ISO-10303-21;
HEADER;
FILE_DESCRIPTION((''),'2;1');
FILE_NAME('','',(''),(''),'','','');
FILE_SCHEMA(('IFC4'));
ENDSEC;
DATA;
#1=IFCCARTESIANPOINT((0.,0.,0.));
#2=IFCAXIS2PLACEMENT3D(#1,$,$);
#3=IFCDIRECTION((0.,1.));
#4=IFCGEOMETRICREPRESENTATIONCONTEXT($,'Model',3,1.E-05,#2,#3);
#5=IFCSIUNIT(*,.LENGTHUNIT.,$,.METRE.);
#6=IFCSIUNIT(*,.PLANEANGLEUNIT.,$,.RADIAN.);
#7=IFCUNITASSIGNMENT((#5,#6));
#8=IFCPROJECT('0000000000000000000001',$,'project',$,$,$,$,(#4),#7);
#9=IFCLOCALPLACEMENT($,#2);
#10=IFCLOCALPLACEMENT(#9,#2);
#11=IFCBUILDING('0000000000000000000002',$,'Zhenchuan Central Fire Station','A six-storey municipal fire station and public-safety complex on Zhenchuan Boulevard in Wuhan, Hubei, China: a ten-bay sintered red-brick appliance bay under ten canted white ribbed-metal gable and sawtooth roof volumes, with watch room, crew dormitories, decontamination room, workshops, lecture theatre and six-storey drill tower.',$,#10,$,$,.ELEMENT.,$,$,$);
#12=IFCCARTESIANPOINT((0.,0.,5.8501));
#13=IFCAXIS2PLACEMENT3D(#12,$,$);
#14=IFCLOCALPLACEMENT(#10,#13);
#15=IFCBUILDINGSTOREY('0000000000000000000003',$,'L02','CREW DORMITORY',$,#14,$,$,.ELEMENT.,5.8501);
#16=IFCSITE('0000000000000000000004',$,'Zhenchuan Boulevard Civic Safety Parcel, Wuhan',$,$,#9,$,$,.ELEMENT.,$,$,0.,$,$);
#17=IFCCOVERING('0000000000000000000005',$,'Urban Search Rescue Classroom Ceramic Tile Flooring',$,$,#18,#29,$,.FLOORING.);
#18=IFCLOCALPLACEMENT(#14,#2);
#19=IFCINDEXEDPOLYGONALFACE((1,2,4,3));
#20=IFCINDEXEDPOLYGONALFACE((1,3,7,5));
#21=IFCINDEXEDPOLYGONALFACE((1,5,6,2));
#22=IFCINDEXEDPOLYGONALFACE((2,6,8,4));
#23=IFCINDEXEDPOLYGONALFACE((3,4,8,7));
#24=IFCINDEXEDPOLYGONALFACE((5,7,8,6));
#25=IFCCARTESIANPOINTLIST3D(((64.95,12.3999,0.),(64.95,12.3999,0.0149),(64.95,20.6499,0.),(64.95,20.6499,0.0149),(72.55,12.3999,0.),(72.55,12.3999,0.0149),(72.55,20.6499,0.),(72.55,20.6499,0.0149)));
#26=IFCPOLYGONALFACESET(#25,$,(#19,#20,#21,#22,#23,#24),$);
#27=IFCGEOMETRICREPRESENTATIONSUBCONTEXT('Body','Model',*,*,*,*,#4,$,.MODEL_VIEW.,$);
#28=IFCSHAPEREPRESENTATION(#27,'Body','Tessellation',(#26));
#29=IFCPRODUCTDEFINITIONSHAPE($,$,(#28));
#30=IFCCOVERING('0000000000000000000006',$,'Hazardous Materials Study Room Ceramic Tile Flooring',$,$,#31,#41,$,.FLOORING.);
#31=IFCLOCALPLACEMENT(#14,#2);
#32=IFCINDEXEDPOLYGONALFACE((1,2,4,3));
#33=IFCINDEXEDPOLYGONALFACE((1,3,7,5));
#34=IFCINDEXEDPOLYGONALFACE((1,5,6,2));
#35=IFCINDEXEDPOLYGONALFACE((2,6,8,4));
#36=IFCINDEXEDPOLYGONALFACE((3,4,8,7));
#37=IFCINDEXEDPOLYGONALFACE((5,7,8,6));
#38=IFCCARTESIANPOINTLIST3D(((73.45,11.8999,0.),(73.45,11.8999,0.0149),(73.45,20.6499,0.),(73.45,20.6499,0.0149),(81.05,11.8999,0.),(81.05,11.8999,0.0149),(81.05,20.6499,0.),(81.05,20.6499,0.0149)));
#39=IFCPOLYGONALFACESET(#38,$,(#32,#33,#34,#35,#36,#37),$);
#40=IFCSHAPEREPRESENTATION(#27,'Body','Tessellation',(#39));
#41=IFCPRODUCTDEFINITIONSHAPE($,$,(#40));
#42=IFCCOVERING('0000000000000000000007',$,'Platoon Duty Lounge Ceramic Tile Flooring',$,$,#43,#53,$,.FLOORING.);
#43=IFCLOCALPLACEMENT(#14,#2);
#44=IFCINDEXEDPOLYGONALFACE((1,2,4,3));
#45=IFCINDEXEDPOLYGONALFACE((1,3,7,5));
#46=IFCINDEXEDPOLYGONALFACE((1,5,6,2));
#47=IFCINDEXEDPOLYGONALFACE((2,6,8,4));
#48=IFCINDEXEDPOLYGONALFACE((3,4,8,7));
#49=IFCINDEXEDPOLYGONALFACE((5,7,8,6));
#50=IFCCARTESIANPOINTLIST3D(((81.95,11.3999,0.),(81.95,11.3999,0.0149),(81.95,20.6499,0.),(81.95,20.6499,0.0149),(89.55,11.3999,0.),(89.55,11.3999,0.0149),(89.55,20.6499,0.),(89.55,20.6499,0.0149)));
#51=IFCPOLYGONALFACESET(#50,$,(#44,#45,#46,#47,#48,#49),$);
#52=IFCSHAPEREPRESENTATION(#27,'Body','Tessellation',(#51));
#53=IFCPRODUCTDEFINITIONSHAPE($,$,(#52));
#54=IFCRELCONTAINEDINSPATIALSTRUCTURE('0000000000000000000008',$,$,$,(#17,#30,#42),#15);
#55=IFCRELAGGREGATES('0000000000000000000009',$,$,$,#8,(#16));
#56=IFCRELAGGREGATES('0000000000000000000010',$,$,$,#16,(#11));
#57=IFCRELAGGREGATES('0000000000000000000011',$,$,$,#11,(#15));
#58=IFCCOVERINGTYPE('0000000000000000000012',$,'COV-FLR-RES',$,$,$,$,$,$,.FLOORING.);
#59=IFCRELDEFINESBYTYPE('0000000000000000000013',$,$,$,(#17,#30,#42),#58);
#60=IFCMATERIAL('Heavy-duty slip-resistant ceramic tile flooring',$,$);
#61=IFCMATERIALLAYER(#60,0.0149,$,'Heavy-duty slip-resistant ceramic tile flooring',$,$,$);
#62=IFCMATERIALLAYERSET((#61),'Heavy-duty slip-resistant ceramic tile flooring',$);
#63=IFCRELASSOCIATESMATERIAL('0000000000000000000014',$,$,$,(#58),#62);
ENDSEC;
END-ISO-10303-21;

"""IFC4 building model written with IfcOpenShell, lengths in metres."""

from ifc_helpers import new_model, si_unit, direction, frame, origin, place, context, subcontext, project, spatial, polyline, outline, extrude, material, layer, layer_set, type_object, element, save


model = new_model("IFC4")

# Units and contexts
model_context = context("Model", 3, precision=1e-05, world=origin(), true_north=direction((0.0, 1.0)))
body_context = subcontext(model_context, "Body", "Model", "MODEL_VIEW")
ifc_project = project(units=[si_unit("LENGTHUNIT", "METRE"), si_unit("PLANEANGLEUNIT", "RADIAN")], contexts=[model_context])

# Site, building, storey
site_placement = place(None, origin())
site = spatial("IfcSite", under=ifc_project, at=site_placement, Name="Zhenchuan Boulevard Civic Safety Parcel, Wuhan", CompositionType="ELEMENT", RefElevation=0.0)
building_placement = place(site_placement, origin())
building = spatial("IfcBuilding", under=site, at=building_placement, Name="Zhenchuan Central Fire Station", Description="A six-storey municipal fire station and public-safety complex on Zhenchuan Boulevard in Wuhan, Hubei, China: a ten-bay sintered red-brick appliance bay under ten canted white ribbed-metal gable and sawtooth roof volumes, with watch room, crew dormitories, decontamination room, workshops, lecture theatre and six-storey drill tower.", CompositionType="ELEMENT")
storey_placement = place(building_placement, frame((0.0, 0.0, 5.8501)))
storey = spatial("IfcBuildingStorey", under=building, at=storey_placement, Name="L02", Description="CREW DORMITORY", CompositionType="ELEMENT", Elevation=5.8501)

# Coverings
ifc_material_1 = material(Name="Heavy-duty slip-resistant ceramic tile flooring")
ifc_layer_1 = layer(ifc_material_1, 0.0149, Name="Heavy-duty slip-resistant ceramic tile flooring")
ifc_layer_set_1 = layer_set([ifc_layer_1], Name="Heavy-duty slip-resistant ceramic tile flooring")
covering_type = type_object("IfcCoveringType", Name="COV-FLR-RES", PredefinedType="FLOORING", material=ifc_layer_set_1)
covering_1_placement = place(storey_placement, origin())
element("IfcCovering", 1, at=covering_1_placement, inside=storey, type_object=covering_type, Name="Urban Search Rescue Classroom Ceramic Tile Flooring", PredefinedType="FLOORING", context=body_context, shape_type="SweptSolid", body=[
    extrude(outline(polyline([(64.95, 12.3999), (72.55, 12.3999), (72.55, 20.6499), (64.95, 20.6499), (64.95, 12.3999)])), origin(), (0.0, 0.0, 1.0), 0.0149),
])
covering_2_placement = place(storey_placement, origin())
element("IfcCovering", 2, at=covering_2_placement, inside=storey, type_object=covering_type, Name="Hazardous Materials Study Room Ceramic Tile Flooring", PredefinedType="FLOORING", context=body_context, shape_type="SweptSolid", body=[
    extrude(outline(polyline([(73.45, 11.8999), (81.05, 11.8999), (81.05, 20.6499), (73.45, 20.6499), (73.45, 11.8999)])), origin(), (0.0, 0.0, 1.0), 0.0149),
])
covering_3_placement = place(storey_placement, origin())
element("IfcCovering", 3, at=covering_3_placement, inside=storey, type_object=covering_type, Name="Platoon Duty Lounge Ceramic Tile Flooring", PredefinedType="FLOORING", context=body_context, shape_type="SweptSolid", body=[
    extrude(outline(polyline([(81.95, 11.3999), (89.55, 11.3999), (89.55, 20.6499), (81.95, 20.6499), (81.95, 11.3999)])), origin(), (0.0, 0.0, 1.0), 0.0149),
])

save(model, "model.ifc")
